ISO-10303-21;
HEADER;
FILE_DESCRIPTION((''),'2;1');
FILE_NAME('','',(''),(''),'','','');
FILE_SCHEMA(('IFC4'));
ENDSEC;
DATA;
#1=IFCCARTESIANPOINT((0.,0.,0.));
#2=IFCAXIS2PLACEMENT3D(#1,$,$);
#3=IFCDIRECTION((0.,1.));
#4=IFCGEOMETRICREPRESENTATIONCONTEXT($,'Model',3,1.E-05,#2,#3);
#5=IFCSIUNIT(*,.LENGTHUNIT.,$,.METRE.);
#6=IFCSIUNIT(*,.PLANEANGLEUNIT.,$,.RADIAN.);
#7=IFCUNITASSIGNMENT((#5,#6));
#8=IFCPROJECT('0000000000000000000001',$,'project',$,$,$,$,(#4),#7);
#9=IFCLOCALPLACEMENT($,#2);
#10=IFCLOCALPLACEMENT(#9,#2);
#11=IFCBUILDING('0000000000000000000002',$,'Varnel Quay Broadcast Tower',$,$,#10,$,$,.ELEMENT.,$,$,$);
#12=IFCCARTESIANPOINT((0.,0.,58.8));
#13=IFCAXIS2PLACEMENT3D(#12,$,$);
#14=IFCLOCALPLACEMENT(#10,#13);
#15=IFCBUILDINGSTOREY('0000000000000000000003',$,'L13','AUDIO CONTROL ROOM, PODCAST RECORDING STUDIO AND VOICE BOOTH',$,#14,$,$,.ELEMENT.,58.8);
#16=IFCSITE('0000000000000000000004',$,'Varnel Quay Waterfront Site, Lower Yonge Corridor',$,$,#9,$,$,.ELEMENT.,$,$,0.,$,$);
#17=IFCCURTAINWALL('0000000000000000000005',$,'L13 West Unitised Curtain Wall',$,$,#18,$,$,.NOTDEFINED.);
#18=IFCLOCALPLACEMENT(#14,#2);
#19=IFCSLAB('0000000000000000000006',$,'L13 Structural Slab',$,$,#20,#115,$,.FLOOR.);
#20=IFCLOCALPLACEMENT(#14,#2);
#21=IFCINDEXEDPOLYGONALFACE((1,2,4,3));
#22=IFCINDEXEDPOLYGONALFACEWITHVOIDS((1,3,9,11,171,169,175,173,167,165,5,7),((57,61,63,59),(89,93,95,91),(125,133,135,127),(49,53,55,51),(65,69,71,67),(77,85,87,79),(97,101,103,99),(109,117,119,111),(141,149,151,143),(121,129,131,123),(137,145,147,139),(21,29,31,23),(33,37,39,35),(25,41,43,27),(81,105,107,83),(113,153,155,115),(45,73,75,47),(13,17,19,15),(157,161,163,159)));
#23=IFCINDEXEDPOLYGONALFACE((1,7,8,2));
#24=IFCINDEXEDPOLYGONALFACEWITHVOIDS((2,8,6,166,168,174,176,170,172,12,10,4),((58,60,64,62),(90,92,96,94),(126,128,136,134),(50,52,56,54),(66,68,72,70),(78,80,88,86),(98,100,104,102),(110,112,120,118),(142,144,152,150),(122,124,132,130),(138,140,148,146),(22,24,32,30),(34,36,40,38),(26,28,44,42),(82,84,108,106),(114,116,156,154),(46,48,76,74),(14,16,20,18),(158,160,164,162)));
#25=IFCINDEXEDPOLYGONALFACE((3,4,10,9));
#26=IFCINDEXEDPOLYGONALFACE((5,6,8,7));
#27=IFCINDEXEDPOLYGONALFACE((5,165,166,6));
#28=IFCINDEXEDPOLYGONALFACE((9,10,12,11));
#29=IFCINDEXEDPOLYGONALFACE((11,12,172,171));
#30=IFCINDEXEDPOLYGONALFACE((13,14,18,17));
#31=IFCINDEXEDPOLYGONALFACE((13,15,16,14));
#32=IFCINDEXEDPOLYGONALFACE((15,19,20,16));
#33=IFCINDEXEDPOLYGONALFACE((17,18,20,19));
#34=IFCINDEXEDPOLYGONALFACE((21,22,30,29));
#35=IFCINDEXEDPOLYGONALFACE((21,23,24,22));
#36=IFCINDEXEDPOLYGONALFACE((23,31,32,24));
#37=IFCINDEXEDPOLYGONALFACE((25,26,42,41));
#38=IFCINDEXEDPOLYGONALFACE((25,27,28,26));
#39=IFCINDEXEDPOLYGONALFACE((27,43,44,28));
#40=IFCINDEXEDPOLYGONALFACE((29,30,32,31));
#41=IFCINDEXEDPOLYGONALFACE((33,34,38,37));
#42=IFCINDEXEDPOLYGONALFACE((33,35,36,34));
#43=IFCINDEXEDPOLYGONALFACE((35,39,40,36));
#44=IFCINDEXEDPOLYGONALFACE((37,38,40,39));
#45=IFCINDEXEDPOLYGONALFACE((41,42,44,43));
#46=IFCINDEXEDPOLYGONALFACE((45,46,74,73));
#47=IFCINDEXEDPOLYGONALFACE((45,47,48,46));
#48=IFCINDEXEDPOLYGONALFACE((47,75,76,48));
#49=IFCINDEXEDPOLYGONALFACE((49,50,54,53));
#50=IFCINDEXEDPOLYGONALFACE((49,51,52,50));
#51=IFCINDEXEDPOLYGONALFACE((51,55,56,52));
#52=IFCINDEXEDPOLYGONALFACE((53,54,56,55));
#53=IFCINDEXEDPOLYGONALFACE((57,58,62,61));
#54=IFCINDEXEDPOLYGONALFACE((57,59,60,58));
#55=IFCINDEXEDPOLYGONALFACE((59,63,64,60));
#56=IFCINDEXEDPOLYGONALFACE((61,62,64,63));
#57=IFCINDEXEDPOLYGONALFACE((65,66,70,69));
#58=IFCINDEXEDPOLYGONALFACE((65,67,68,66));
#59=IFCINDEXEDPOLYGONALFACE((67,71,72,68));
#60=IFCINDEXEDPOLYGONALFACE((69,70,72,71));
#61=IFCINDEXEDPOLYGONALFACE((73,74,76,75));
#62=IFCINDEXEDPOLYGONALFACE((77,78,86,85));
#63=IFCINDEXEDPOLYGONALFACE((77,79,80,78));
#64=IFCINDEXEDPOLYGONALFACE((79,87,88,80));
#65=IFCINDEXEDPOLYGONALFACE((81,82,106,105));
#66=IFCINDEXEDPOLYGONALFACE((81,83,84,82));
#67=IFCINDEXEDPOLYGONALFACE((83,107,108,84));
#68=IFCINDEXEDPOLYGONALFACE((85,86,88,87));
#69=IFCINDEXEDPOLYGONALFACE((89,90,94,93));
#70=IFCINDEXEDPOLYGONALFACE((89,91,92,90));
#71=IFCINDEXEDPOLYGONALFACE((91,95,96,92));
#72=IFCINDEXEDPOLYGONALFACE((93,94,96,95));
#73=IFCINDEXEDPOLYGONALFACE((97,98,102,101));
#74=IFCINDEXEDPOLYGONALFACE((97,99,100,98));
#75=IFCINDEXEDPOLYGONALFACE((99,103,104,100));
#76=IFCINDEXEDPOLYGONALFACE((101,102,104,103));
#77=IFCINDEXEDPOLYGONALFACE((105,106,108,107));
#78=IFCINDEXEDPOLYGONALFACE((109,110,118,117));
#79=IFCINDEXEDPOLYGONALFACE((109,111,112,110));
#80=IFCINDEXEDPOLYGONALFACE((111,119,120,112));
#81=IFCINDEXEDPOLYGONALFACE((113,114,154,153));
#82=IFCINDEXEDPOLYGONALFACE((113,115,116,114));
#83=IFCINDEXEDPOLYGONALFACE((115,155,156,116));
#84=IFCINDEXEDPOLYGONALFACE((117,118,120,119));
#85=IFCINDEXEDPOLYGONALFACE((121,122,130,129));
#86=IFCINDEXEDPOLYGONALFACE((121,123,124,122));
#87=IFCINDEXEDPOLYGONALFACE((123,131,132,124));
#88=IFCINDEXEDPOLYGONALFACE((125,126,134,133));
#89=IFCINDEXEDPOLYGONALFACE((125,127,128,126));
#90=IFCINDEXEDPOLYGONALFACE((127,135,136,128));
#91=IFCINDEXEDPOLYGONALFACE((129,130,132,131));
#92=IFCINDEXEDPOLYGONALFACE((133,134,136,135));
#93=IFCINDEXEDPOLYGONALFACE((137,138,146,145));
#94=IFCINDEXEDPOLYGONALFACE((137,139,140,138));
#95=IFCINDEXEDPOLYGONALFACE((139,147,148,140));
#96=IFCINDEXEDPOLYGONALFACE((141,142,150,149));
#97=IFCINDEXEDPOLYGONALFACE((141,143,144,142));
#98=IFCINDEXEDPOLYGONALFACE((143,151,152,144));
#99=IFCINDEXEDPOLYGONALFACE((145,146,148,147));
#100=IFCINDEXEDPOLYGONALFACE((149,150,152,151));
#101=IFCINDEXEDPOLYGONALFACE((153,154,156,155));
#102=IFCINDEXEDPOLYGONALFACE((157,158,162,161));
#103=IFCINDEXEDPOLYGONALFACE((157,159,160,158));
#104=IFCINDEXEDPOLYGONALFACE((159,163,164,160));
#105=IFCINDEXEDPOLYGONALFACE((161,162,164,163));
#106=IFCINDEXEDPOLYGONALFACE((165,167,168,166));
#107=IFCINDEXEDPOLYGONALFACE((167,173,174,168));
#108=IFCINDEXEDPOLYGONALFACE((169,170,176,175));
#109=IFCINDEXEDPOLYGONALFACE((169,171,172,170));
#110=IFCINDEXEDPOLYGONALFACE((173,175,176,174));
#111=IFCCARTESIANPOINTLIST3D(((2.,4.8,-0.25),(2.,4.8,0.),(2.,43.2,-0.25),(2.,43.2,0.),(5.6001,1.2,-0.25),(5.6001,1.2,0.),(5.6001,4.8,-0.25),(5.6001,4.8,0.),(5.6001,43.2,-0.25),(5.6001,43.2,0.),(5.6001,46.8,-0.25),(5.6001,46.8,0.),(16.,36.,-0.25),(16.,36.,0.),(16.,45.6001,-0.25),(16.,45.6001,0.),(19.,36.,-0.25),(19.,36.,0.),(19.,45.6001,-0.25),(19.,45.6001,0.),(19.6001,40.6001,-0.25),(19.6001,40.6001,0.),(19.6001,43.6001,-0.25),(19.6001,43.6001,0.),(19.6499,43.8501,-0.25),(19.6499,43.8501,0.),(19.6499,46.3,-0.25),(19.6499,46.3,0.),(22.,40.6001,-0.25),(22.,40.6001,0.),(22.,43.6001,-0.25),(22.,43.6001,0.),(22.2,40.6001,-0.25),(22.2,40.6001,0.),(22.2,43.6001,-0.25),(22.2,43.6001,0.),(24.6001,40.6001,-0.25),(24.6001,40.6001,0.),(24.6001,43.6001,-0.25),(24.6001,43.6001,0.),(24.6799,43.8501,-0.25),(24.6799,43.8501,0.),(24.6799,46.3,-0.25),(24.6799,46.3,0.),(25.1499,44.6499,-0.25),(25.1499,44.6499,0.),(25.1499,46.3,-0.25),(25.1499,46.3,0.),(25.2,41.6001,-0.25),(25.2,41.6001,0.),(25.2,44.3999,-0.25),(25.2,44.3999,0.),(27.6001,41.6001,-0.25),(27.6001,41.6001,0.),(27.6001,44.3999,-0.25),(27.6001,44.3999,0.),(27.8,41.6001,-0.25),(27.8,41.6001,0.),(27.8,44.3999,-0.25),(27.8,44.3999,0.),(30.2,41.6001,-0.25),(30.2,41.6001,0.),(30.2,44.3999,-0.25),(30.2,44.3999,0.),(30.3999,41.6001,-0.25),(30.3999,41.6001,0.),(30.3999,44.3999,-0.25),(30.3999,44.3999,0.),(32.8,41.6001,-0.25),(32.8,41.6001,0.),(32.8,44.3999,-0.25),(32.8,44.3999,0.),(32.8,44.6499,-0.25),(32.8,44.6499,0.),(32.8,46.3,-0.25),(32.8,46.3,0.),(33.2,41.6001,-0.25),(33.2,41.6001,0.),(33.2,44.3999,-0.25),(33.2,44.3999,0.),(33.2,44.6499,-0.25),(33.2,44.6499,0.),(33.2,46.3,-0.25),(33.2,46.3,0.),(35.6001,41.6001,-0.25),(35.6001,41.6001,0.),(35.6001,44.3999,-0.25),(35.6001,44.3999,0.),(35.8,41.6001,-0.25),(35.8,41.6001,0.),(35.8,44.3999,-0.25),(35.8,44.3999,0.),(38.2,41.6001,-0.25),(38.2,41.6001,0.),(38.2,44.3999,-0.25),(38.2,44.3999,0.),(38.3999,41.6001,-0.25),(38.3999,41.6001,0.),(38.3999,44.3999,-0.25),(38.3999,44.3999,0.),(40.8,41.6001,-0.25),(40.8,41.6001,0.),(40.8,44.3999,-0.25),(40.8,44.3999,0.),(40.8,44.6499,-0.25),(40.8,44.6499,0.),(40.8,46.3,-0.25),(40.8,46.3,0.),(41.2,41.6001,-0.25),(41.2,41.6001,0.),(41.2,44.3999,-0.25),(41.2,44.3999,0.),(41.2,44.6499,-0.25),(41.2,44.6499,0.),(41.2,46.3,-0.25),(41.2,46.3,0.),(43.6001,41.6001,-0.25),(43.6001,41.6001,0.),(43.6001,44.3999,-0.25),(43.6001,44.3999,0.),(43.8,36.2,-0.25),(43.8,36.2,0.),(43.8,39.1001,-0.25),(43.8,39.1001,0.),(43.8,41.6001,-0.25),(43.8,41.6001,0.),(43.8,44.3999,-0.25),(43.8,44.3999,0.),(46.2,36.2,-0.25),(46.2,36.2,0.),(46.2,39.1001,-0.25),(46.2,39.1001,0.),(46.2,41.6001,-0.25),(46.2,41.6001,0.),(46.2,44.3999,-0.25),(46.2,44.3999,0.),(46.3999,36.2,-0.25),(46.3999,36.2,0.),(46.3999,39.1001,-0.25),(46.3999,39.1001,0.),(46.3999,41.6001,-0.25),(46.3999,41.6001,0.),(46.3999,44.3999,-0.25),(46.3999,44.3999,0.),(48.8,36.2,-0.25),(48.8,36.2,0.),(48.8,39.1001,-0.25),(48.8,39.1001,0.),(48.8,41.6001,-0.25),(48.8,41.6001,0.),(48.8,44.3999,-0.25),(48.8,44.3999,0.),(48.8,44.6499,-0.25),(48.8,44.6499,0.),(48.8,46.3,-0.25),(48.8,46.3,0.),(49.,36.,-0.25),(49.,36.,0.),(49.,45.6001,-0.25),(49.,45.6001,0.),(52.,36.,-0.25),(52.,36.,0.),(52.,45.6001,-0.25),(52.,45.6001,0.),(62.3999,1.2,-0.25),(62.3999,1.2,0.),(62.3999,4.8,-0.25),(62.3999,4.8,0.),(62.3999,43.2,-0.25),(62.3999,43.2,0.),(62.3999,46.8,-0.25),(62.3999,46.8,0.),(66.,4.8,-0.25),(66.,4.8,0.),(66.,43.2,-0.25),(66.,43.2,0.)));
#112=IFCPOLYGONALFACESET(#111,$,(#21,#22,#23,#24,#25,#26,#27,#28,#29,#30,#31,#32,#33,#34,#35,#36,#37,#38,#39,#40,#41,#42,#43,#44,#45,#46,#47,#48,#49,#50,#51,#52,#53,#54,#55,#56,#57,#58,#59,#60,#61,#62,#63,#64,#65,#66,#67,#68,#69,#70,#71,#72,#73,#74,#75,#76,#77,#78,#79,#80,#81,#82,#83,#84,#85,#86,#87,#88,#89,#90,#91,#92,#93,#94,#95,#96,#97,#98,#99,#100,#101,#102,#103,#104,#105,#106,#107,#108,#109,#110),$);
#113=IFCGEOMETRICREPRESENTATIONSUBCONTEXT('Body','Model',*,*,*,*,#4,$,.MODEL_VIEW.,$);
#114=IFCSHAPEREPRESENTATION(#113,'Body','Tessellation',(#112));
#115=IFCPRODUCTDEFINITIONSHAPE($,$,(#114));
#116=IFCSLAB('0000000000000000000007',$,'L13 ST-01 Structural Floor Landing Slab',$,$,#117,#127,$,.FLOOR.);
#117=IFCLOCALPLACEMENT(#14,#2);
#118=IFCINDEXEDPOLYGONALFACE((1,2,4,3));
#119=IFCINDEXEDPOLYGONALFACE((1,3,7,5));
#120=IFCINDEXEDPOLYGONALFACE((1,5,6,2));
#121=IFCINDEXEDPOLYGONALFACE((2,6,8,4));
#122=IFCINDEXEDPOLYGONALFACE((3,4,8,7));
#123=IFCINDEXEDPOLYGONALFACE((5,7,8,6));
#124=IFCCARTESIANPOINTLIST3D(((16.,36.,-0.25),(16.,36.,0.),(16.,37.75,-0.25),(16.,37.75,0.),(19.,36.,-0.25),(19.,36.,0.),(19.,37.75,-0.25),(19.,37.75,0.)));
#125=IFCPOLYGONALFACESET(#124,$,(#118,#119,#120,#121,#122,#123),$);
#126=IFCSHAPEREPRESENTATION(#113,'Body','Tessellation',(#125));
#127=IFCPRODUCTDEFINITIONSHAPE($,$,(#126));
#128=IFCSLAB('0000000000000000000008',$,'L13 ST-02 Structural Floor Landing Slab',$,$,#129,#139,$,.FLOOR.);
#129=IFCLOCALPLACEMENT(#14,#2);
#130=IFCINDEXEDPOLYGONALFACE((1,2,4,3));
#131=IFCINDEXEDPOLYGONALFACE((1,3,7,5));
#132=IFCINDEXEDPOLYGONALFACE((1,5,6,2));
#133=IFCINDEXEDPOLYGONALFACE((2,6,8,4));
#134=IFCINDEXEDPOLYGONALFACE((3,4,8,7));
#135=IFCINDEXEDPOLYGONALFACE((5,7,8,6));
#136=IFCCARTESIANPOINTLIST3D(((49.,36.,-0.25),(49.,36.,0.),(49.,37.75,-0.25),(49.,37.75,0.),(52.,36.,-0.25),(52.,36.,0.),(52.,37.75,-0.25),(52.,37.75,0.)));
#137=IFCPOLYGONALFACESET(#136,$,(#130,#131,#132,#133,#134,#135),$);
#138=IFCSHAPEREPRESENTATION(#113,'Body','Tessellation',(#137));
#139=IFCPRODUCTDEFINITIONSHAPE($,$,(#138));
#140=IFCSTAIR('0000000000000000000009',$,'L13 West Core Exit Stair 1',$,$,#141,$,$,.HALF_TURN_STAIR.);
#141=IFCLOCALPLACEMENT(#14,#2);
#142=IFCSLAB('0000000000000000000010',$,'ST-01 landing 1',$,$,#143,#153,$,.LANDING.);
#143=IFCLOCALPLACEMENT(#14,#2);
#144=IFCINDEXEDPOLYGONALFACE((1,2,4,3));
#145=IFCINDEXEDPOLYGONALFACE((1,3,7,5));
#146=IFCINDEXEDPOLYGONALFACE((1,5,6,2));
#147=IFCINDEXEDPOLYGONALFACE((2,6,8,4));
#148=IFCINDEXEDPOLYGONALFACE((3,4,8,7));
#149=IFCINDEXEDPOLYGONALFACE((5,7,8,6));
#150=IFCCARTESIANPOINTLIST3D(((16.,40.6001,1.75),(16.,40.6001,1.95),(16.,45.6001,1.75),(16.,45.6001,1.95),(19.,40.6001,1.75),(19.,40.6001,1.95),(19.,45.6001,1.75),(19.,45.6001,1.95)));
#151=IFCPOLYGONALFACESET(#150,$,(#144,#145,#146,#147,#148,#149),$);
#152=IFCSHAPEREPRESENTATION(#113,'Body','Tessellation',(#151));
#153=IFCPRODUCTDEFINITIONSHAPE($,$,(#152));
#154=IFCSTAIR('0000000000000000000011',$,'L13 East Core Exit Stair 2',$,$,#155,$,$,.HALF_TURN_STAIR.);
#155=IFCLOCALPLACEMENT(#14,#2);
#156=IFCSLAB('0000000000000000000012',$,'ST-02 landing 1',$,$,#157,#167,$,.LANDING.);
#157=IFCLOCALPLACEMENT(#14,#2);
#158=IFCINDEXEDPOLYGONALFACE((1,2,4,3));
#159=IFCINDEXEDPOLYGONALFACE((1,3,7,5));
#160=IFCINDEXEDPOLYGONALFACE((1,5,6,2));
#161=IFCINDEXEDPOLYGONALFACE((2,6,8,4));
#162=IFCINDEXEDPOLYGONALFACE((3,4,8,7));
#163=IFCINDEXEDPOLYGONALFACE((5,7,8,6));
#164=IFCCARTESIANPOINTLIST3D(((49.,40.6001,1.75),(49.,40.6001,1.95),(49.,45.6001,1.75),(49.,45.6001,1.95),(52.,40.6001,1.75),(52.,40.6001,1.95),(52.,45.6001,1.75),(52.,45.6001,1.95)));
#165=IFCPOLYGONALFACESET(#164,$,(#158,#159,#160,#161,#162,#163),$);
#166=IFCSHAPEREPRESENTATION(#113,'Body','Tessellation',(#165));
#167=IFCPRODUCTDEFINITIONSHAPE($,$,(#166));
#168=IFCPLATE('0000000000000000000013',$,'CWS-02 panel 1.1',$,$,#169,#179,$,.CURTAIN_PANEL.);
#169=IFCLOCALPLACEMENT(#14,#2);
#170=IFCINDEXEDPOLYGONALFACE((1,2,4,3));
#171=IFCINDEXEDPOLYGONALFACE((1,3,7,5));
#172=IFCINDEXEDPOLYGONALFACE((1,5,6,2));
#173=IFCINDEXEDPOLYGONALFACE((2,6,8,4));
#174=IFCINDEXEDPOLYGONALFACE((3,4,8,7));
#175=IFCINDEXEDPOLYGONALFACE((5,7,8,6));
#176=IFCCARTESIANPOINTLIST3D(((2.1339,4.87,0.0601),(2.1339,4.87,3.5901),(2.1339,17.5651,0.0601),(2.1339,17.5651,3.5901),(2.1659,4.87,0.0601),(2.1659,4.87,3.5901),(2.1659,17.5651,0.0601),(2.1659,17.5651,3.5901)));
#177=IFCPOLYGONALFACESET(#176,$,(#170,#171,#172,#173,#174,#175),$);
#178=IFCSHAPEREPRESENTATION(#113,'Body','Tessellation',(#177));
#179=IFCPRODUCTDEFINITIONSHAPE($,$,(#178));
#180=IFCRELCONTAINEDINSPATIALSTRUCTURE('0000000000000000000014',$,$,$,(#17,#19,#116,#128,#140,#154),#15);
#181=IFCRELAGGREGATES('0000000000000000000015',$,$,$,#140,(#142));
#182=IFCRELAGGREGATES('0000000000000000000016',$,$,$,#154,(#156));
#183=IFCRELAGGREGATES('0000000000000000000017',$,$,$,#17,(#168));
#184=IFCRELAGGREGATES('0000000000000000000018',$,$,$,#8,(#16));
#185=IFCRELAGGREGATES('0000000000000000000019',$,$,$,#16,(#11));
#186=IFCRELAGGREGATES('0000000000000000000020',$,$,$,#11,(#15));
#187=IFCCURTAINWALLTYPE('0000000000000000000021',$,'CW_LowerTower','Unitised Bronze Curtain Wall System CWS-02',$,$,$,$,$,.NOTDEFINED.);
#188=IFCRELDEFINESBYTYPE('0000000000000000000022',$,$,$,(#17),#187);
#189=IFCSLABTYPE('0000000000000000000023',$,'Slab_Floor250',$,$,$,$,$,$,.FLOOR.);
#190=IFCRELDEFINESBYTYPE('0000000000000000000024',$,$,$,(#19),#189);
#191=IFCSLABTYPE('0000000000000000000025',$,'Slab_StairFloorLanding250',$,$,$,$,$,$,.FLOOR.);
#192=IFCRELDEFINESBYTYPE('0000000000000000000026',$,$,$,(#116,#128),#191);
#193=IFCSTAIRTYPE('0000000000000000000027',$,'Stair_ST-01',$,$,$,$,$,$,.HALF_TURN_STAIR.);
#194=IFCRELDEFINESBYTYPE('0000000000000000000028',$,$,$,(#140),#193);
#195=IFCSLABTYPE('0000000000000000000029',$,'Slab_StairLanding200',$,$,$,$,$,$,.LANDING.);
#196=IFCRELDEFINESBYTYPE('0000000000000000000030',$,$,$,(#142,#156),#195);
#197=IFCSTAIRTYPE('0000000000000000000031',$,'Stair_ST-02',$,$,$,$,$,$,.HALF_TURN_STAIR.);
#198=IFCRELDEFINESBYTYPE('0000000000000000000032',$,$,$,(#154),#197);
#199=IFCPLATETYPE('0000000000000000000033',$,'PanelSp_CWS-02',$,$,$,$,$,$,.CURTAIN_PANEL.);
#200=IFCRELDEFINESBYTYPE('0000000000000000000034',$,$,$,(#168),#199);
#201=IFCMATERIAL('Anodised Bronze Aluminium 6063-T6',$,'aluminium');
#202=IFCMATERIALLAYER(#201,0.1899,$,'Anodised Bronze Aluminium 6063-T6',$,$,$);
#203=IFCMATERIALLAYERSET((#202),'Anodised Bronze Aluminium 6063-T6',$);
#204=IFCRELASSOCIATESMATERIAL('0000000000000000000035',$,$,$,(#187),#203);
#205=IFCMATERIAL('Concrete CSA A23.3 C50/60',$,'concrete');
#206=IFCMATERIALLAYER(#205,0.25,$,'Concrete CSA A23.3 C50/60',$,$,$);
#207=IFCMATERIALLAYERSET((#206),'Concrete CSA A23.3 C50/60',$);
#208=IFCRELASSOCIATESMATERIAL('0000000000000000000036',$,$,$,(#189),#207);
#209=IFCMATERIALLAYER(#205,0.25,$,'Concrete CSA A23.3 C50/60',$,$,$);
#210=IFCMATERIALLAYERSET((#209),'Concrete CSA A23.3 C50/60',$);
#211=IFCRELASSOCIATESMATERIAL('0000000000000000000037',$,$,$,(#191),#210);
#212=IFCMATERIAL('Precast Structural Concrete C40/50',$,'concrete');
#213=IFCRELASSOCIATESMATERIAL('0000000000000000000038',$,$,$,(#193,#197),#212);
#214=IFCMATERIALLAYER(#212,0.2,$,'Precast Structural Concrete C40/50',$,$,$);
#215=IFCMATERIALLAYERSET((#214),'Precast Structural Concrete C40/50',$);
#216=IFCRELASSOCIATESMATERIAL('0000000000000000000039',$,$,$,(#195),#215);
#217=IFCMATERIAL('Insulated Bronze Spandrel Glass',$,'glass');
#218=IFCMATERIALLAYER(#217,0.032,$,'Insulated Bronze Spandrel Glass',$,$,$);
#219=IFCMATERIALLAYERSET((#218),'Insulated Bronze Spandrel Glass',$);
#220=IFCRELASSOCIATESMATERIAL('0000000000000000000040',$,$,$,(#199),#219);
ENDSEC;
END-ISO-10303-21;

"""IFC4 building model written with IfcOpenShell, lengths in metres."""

from ifc_helpers import new_model, si_unit, direction, frame, origin, origin_2d, place, context, subcontext, project, spatial, polyline, rectangle, outline, extrude, source, transform, mapped, material, layer, layer_set, type_object, type_shapes, element, aggregate, save


model = new_model("IFC4")

# Units and contexts
model_context = context("Model", 3, precision=1e-05, world=origin(), true_north=direction((0.0, 1.0)))
body_context = subcontext(model_context, "Body", "Model", "MODEL_VIEW")
ifc_project = project(units=[si_unit("LENGTHUNIT", "METRE"), si_unit("PLANEANGLEUNIT", "RADIAN")], contexts=[model_context])

# Site, building, storey
site_placement = place(None, origin())
site = spatial("IfcSite", under=ifc_project, at=site_placement, Name="Varnel Quay Waterfront Site, Lower Yonge Corridor", CompositionType="ELEMENT", RefElevation=0.0)
building_placement = place(site_placement, origin())
building = spatial("IfcBuilding", under=site, at=building_placement, Name="Varnel Quay Broadcast Tower", CompositionType="ELEMENT")
storey_placement = place(building_placement, frame((0.0, 0.0, 58.8)))
storey = spatial("IfcBuildingStorey", under=building, at=storey_placement, Name="L13", Description="AUDIO CONTROL ROOM, PODCAST RECORDING STUDIO AND VOICE BOOTH", CompositionType="ELEMENT", Elevation=58.8)

# Shared definitions
ifc_material_1 = material(Name="Anodised Bronze Aluminium 6063-T6", Category="aluminium")
ifc_layer_1 = layer(ifc_material_1, 0.1899, Name="Anodised Bronze Aluminium 6063-T6")
ifc_layer_set_1 = layer_set([ifc_layer_1], Name="Anodised Bronze Aluminium 6063-T6")
curtain_wall_type_1 = type_object("IfcCurtainWallType", Name="CW_LowerTower", Description="Unitised Bronze Curtain Wall System CWS-02", PredefinedType="NOTDEFINED", material=ifc_layer_set_1)

# Curtain wall
curtain_wall_1_placement = place(storey_placement, origin())
curtain_wall_1 = element("IfcCurtainWall", 1, at=curtain_wall_1_placement, inside=storey, type_object=curtain_wall_type_1, Name="L13 West Unitised Curtain Wall", PredefinedType="NOTDEFINED")

# Slabs
ifc_material_2 = material(Name="Concrete CSA A23.3 C50/60", Category="concrete")
ifc_layer_2 = layer(ifc_material_2, 0.25, Name="Concrete CSA A23.3 C50/60")
ifc_layer_set_2 = layer_set([ifc_layer_2], Name="Concrete CSA A23.3 C50/60")
slab_type_1 = type_object("IfcSlabType", Name="Slab_Floor250", PredefinedType="FLOOR", material=ifc_layer_set_2)
slab_1_placement = place(storey_placement, frame((0.0, 0.0, -0.25)))
element("IfcSlab", 2, at=slab_1_placement, inside=storey, type_object=slab_type_1, Name="L13 Structural Slab", PredefinedType="FLOOR", context=body_context, shape_type="SweptSolid", body=[
    extrude(outline(polyline([(5.6001, 1.2), (62.3999, 1.2), (62.3999, 4.8), (66.0, 4.8), (66.0, 43.2), (62.3999, 43.2), (62.3999, 46.8), (5.6001, 46.8), (5.6001, 43.2), (2.0, 43.2), (2.0, 4.8), (5.6001, 4.8), (5.6001, 1.2)]), holes=[polyline([(16.0, 36.0), (16.0, 45.6001), (19.0, 45.6001), (19.0, 36.0), (16.0, 36.0)]), polyline([(19.6001, 43.6001), (22.0, 43.6001), (22.0, 40.6001), (19.6001, 40.6001), (19.6001, 43.6001)]), polyline([(22.2, 43.6001), (24.6001, 43.6001), (24.6001, 40.6001), (22.2, 40.6001), (22.2, 43.6001)]), polyline([(25.2, 44.3999), (27.6001, 44.3999), (27.6001, 41.6001), (25.2, 41.6001), (25.2, 44.3999)]), polyline([(27.8, 44.3999), (30.2, 44.3999), (30.2, 41.6001), (27.8, 41.6001), (27.8, 44.3999)]), polyline([(30.3999, 44.3999), (32.8, 44.3999), (32.8, 41.6001), (30.3999, 41.6001), (30.3999, 44.3999)]), polyline([(33.2, 44.3999), (35.6001, 44.3999), (35.6001, 41.6001), (33.2, 41.6001), (33.2, 44.3999)]), polyline([(38.2, 44.3999), (38.2, 41.6001), (35.8, 41.6001), (35.8, 44.3999), (38.2, 44.3999)]), polyline([(24.6799, 46.3), (24.6799, 43.8501), (19.6499, 43.8501), (19.6499, 46.3), (24.6799, 46.3)]), polyline([(25.1499, 46.3), (32.8, 46.3), (32.8, 44.6499), (25.1499, 44.6499), (25.1499, 46.3)]), polyline([(43.8, 39.1001), (46.2, 39.1001), (46.2, 36.2), (43.8, 36.2), (43.8, 39.1001)]), polyline([(46.3999, 39.1001), (48.8, 39.1001), (48.8, 36.2), (46.3999, 36.2), (46.3999, 39.1001)]), polyline([(49.0, 45.6001), (52.0, 45.6001), (52.0, 36.0), (49.0, 36.0), (49.0, 45.6001)]), polyline([(40.8, 44.3999), (40.8, 41.6001), (38.3999, 41.6001), (38.3999, 44.3999), (40.8, 44.3999)]), polyline([(41.2, 44.3999), (43.6001, 44.3999), (43.6001, 41.6001), (41.2, 41.6001), (41.2, 44.3999)]), polyline([(43.8, 44.3999), (46.2, 44.3999), (46.2, 41.6001), (43.8, 41.6001), (43.8, 44.3999)]), polyline([(46.3999, 44.3999), (48.8, 44.3999), (48.8, 41.6001), (46.3999, 41.6001), (46.3999, 44.3999)]), polyline([(40.8, 46.3), (40.8, 44.6499), (33.2, 44.6499), (33.2, 46.3), (40.8, 46.3)]), polyline([(48.8, 46.3), (48.8, 44.6499), (41.2, 44.6499), (41.2, 46.3), (48.8, 46.3)])]), origin(), (0.0, 0.0, 1.0), 0.25),
])
ifc_layer_3 = layer(ifc_material_2, 0.25, Name="Concrete CSA A23.3 C50/60")
ifc_layer_set_3 = layer_set([ifc_layer_3], Name="Concrete CSA A23.3 C50/60")
slab_type_2 = type_object("IfcSlabType", Name="Slab_StairFloorLanding250", PredefinedType="FLOOR", material=ifc_layer_set_3)
slab_2_placement = place(storey_placement, frame((0.0, 0.0, -0.25)))
element("IfcSlab", 3, at=slab_2_placement, inside=storey, type_object=slab_type_2, Name="L13 ST-01 Structural Floor Landing Slab", PredefinedType="FLOOR", context=body_context, shape_type="SweptSolid", body=[
    extrude(outline(polyline([(19.0, 36.0), (19.0, 37.75), (16.0, 37.75), (16.0, 36.0), (19.0, 36.0)])), origin(), (0.0, 0.0, 1.0), 0.25),
])
slab_3_placement = place(storey_placement, frame((0.0, 0.0, -0.25)))
element("IfcSlab", 4, at=slab_3_placement, inside=storey, type_object=slab_type_2, Name="L13 ST-02 Structural Floor Landing Slab", PredefinedType="FLOOR", context=body_context, shape_type="SweptSolid", body=[
    extrude(outline(polyline([(52.0, 36.0), (52.0, 37.75), (49.0, 37.75), (49.0, 36.0), (52.0, 36.0)])), origin(), (0.0, 0.0, 1.0), 0.25),
])

# Stairs, slabs
ifc_material_3 = material(Name="Precast Structural Concrete C40/50", Category="concrete")
stair_type_1 = type_object("IfcStairType", Name="Stair_ST-01", PredefinedType="HALF_TURN_STAIR", material=ifc_material_3)
stair_1_placement = place(storey_placement, origin())
stair_1 = element("IfcStair", 5, at=stair_1_placement, inside=storey, type_object=stair_type_1, Name="L13 West Core Exit Stair 1", PredefinedType="HALF_TURN_STAIR")
ifc_layer_4 = layer(ifc_material_3, 0.2, Name="Precast Structural Concrete C40/50")
ifc_layer_set_4 = layer_set([ifc_layer_4], Name="Precast Structural Concrete C40/50")
slab_type_3 = type_object("IfcSlabType", Name="Slab_StairLanding200", PredefinedType="LANDING", material=ifc_layer_set_4)
slab_4_placement = place(storey_placement, frame((0.0, 0.0, 1.75)))
slab_4 = element("IfcSlab", 6, at=slab_4_placement, type_object=slab_type_3, Name="ST-01 landing 1", PredefinedType="LANDING", context=body_context, shape_type="SweptSolid", body=[
    extrude(outline(polyline([(19.0, 40.6001), (19.0, 45.6001), (16.0, 45.6001), (16.0, 40.6001), (19.0, 40.6001)])), origin(), (0.0, 0.0, 1.0), 0.2),
])
aggregate(stair_1, [slab_4])
stair_type_2 = type_object("IfcStairType", Name="Stair_ST-02", PredefinedType="HALF_TURN_STAIR", material=ifc_material_3)
stair_2_placement = place(storey_placement, origin())
stair_2 = element("IfcStair", 7, at=stair_2_placement, inside=storey, type_object=stair_type_2, Name="L13 East Core Exit Stair 2", PredefinedType="HALF_TURN_STAIR")
slab_5_placement = place(storey_placement, frame((0.0, 0.0, 1.75)))
slab_5 = element("IfcSlab", 8, at=slab_5_placement, type_object=slab_type_3, Name="ST-02 landing 1", PredefinedType="LANDING", context=body_context, shape_type="SweptSolid", body=[
    extrude(outline(polyline([(52.0, 40.6001), (52.0, 45.6001), (49.0, 45.6001), (49.0, 40.6001), (52.0, 40.6001)])), origin(), (0.0, 0.0, 1.0), 0.2),
])
aggregate(stair_2, [slab_5])

# Plate
ifc_material_4 = material(Name="Insulated Bronze Spandrel Glass", Category="glass")
ifc_layer_5 = layer(ifc_material_4, 0.032, Name="Insulated Bronze Spandrel Glass")
ifc_layer_set_5 = layer_set([ifc_layer_5], Name="Insulated Bronze Spandrel Glass")
plate_type_1 = type_object("IfcPlateType", Name="PanelSp_CWS-02", PredefinedType="CURTAIN_PANEL", material=ifc_layer_set_5)
shared_shape_1 = source(origin(), body_context, "Body", "SweptSolid", [
    extrude(rectangle(XDim=12.6951, YDim=0.032, at=origin_2d()), origin(), (0.0, 0.0, 1.0), 3.53),
])
type_shapes(plate_type_1, [shared_shape_1])
plate_1_placement = place(storey_placement, frame((2.1499, 11.2175, 0.0601), z_axis=(0.0, 0.0, 1.0), x_axis=(0.0, 1.0, 0.0)))
plate_1 = element("IfcPlate", 9, at=plate_1_placement, type_object=plate_type_1, Name="CWS-02 panel 1.1", PredefinedType="CURTAIN_PANEL", context=body_context, shape_type="MappedRepresentation", body=[
    mapped(shared_shape_1, transform((0.0, 0.0, 0.0), x_axis=(1.0, 0.0, 0.0), y_axis=(0.0, 1.0, 0.0), z_axis=(0.0, 0.0, 1.0), scale=1.0)),
])
aggregate(curtain_wall_1, [plate_1])

save(model, "model.ifc")
